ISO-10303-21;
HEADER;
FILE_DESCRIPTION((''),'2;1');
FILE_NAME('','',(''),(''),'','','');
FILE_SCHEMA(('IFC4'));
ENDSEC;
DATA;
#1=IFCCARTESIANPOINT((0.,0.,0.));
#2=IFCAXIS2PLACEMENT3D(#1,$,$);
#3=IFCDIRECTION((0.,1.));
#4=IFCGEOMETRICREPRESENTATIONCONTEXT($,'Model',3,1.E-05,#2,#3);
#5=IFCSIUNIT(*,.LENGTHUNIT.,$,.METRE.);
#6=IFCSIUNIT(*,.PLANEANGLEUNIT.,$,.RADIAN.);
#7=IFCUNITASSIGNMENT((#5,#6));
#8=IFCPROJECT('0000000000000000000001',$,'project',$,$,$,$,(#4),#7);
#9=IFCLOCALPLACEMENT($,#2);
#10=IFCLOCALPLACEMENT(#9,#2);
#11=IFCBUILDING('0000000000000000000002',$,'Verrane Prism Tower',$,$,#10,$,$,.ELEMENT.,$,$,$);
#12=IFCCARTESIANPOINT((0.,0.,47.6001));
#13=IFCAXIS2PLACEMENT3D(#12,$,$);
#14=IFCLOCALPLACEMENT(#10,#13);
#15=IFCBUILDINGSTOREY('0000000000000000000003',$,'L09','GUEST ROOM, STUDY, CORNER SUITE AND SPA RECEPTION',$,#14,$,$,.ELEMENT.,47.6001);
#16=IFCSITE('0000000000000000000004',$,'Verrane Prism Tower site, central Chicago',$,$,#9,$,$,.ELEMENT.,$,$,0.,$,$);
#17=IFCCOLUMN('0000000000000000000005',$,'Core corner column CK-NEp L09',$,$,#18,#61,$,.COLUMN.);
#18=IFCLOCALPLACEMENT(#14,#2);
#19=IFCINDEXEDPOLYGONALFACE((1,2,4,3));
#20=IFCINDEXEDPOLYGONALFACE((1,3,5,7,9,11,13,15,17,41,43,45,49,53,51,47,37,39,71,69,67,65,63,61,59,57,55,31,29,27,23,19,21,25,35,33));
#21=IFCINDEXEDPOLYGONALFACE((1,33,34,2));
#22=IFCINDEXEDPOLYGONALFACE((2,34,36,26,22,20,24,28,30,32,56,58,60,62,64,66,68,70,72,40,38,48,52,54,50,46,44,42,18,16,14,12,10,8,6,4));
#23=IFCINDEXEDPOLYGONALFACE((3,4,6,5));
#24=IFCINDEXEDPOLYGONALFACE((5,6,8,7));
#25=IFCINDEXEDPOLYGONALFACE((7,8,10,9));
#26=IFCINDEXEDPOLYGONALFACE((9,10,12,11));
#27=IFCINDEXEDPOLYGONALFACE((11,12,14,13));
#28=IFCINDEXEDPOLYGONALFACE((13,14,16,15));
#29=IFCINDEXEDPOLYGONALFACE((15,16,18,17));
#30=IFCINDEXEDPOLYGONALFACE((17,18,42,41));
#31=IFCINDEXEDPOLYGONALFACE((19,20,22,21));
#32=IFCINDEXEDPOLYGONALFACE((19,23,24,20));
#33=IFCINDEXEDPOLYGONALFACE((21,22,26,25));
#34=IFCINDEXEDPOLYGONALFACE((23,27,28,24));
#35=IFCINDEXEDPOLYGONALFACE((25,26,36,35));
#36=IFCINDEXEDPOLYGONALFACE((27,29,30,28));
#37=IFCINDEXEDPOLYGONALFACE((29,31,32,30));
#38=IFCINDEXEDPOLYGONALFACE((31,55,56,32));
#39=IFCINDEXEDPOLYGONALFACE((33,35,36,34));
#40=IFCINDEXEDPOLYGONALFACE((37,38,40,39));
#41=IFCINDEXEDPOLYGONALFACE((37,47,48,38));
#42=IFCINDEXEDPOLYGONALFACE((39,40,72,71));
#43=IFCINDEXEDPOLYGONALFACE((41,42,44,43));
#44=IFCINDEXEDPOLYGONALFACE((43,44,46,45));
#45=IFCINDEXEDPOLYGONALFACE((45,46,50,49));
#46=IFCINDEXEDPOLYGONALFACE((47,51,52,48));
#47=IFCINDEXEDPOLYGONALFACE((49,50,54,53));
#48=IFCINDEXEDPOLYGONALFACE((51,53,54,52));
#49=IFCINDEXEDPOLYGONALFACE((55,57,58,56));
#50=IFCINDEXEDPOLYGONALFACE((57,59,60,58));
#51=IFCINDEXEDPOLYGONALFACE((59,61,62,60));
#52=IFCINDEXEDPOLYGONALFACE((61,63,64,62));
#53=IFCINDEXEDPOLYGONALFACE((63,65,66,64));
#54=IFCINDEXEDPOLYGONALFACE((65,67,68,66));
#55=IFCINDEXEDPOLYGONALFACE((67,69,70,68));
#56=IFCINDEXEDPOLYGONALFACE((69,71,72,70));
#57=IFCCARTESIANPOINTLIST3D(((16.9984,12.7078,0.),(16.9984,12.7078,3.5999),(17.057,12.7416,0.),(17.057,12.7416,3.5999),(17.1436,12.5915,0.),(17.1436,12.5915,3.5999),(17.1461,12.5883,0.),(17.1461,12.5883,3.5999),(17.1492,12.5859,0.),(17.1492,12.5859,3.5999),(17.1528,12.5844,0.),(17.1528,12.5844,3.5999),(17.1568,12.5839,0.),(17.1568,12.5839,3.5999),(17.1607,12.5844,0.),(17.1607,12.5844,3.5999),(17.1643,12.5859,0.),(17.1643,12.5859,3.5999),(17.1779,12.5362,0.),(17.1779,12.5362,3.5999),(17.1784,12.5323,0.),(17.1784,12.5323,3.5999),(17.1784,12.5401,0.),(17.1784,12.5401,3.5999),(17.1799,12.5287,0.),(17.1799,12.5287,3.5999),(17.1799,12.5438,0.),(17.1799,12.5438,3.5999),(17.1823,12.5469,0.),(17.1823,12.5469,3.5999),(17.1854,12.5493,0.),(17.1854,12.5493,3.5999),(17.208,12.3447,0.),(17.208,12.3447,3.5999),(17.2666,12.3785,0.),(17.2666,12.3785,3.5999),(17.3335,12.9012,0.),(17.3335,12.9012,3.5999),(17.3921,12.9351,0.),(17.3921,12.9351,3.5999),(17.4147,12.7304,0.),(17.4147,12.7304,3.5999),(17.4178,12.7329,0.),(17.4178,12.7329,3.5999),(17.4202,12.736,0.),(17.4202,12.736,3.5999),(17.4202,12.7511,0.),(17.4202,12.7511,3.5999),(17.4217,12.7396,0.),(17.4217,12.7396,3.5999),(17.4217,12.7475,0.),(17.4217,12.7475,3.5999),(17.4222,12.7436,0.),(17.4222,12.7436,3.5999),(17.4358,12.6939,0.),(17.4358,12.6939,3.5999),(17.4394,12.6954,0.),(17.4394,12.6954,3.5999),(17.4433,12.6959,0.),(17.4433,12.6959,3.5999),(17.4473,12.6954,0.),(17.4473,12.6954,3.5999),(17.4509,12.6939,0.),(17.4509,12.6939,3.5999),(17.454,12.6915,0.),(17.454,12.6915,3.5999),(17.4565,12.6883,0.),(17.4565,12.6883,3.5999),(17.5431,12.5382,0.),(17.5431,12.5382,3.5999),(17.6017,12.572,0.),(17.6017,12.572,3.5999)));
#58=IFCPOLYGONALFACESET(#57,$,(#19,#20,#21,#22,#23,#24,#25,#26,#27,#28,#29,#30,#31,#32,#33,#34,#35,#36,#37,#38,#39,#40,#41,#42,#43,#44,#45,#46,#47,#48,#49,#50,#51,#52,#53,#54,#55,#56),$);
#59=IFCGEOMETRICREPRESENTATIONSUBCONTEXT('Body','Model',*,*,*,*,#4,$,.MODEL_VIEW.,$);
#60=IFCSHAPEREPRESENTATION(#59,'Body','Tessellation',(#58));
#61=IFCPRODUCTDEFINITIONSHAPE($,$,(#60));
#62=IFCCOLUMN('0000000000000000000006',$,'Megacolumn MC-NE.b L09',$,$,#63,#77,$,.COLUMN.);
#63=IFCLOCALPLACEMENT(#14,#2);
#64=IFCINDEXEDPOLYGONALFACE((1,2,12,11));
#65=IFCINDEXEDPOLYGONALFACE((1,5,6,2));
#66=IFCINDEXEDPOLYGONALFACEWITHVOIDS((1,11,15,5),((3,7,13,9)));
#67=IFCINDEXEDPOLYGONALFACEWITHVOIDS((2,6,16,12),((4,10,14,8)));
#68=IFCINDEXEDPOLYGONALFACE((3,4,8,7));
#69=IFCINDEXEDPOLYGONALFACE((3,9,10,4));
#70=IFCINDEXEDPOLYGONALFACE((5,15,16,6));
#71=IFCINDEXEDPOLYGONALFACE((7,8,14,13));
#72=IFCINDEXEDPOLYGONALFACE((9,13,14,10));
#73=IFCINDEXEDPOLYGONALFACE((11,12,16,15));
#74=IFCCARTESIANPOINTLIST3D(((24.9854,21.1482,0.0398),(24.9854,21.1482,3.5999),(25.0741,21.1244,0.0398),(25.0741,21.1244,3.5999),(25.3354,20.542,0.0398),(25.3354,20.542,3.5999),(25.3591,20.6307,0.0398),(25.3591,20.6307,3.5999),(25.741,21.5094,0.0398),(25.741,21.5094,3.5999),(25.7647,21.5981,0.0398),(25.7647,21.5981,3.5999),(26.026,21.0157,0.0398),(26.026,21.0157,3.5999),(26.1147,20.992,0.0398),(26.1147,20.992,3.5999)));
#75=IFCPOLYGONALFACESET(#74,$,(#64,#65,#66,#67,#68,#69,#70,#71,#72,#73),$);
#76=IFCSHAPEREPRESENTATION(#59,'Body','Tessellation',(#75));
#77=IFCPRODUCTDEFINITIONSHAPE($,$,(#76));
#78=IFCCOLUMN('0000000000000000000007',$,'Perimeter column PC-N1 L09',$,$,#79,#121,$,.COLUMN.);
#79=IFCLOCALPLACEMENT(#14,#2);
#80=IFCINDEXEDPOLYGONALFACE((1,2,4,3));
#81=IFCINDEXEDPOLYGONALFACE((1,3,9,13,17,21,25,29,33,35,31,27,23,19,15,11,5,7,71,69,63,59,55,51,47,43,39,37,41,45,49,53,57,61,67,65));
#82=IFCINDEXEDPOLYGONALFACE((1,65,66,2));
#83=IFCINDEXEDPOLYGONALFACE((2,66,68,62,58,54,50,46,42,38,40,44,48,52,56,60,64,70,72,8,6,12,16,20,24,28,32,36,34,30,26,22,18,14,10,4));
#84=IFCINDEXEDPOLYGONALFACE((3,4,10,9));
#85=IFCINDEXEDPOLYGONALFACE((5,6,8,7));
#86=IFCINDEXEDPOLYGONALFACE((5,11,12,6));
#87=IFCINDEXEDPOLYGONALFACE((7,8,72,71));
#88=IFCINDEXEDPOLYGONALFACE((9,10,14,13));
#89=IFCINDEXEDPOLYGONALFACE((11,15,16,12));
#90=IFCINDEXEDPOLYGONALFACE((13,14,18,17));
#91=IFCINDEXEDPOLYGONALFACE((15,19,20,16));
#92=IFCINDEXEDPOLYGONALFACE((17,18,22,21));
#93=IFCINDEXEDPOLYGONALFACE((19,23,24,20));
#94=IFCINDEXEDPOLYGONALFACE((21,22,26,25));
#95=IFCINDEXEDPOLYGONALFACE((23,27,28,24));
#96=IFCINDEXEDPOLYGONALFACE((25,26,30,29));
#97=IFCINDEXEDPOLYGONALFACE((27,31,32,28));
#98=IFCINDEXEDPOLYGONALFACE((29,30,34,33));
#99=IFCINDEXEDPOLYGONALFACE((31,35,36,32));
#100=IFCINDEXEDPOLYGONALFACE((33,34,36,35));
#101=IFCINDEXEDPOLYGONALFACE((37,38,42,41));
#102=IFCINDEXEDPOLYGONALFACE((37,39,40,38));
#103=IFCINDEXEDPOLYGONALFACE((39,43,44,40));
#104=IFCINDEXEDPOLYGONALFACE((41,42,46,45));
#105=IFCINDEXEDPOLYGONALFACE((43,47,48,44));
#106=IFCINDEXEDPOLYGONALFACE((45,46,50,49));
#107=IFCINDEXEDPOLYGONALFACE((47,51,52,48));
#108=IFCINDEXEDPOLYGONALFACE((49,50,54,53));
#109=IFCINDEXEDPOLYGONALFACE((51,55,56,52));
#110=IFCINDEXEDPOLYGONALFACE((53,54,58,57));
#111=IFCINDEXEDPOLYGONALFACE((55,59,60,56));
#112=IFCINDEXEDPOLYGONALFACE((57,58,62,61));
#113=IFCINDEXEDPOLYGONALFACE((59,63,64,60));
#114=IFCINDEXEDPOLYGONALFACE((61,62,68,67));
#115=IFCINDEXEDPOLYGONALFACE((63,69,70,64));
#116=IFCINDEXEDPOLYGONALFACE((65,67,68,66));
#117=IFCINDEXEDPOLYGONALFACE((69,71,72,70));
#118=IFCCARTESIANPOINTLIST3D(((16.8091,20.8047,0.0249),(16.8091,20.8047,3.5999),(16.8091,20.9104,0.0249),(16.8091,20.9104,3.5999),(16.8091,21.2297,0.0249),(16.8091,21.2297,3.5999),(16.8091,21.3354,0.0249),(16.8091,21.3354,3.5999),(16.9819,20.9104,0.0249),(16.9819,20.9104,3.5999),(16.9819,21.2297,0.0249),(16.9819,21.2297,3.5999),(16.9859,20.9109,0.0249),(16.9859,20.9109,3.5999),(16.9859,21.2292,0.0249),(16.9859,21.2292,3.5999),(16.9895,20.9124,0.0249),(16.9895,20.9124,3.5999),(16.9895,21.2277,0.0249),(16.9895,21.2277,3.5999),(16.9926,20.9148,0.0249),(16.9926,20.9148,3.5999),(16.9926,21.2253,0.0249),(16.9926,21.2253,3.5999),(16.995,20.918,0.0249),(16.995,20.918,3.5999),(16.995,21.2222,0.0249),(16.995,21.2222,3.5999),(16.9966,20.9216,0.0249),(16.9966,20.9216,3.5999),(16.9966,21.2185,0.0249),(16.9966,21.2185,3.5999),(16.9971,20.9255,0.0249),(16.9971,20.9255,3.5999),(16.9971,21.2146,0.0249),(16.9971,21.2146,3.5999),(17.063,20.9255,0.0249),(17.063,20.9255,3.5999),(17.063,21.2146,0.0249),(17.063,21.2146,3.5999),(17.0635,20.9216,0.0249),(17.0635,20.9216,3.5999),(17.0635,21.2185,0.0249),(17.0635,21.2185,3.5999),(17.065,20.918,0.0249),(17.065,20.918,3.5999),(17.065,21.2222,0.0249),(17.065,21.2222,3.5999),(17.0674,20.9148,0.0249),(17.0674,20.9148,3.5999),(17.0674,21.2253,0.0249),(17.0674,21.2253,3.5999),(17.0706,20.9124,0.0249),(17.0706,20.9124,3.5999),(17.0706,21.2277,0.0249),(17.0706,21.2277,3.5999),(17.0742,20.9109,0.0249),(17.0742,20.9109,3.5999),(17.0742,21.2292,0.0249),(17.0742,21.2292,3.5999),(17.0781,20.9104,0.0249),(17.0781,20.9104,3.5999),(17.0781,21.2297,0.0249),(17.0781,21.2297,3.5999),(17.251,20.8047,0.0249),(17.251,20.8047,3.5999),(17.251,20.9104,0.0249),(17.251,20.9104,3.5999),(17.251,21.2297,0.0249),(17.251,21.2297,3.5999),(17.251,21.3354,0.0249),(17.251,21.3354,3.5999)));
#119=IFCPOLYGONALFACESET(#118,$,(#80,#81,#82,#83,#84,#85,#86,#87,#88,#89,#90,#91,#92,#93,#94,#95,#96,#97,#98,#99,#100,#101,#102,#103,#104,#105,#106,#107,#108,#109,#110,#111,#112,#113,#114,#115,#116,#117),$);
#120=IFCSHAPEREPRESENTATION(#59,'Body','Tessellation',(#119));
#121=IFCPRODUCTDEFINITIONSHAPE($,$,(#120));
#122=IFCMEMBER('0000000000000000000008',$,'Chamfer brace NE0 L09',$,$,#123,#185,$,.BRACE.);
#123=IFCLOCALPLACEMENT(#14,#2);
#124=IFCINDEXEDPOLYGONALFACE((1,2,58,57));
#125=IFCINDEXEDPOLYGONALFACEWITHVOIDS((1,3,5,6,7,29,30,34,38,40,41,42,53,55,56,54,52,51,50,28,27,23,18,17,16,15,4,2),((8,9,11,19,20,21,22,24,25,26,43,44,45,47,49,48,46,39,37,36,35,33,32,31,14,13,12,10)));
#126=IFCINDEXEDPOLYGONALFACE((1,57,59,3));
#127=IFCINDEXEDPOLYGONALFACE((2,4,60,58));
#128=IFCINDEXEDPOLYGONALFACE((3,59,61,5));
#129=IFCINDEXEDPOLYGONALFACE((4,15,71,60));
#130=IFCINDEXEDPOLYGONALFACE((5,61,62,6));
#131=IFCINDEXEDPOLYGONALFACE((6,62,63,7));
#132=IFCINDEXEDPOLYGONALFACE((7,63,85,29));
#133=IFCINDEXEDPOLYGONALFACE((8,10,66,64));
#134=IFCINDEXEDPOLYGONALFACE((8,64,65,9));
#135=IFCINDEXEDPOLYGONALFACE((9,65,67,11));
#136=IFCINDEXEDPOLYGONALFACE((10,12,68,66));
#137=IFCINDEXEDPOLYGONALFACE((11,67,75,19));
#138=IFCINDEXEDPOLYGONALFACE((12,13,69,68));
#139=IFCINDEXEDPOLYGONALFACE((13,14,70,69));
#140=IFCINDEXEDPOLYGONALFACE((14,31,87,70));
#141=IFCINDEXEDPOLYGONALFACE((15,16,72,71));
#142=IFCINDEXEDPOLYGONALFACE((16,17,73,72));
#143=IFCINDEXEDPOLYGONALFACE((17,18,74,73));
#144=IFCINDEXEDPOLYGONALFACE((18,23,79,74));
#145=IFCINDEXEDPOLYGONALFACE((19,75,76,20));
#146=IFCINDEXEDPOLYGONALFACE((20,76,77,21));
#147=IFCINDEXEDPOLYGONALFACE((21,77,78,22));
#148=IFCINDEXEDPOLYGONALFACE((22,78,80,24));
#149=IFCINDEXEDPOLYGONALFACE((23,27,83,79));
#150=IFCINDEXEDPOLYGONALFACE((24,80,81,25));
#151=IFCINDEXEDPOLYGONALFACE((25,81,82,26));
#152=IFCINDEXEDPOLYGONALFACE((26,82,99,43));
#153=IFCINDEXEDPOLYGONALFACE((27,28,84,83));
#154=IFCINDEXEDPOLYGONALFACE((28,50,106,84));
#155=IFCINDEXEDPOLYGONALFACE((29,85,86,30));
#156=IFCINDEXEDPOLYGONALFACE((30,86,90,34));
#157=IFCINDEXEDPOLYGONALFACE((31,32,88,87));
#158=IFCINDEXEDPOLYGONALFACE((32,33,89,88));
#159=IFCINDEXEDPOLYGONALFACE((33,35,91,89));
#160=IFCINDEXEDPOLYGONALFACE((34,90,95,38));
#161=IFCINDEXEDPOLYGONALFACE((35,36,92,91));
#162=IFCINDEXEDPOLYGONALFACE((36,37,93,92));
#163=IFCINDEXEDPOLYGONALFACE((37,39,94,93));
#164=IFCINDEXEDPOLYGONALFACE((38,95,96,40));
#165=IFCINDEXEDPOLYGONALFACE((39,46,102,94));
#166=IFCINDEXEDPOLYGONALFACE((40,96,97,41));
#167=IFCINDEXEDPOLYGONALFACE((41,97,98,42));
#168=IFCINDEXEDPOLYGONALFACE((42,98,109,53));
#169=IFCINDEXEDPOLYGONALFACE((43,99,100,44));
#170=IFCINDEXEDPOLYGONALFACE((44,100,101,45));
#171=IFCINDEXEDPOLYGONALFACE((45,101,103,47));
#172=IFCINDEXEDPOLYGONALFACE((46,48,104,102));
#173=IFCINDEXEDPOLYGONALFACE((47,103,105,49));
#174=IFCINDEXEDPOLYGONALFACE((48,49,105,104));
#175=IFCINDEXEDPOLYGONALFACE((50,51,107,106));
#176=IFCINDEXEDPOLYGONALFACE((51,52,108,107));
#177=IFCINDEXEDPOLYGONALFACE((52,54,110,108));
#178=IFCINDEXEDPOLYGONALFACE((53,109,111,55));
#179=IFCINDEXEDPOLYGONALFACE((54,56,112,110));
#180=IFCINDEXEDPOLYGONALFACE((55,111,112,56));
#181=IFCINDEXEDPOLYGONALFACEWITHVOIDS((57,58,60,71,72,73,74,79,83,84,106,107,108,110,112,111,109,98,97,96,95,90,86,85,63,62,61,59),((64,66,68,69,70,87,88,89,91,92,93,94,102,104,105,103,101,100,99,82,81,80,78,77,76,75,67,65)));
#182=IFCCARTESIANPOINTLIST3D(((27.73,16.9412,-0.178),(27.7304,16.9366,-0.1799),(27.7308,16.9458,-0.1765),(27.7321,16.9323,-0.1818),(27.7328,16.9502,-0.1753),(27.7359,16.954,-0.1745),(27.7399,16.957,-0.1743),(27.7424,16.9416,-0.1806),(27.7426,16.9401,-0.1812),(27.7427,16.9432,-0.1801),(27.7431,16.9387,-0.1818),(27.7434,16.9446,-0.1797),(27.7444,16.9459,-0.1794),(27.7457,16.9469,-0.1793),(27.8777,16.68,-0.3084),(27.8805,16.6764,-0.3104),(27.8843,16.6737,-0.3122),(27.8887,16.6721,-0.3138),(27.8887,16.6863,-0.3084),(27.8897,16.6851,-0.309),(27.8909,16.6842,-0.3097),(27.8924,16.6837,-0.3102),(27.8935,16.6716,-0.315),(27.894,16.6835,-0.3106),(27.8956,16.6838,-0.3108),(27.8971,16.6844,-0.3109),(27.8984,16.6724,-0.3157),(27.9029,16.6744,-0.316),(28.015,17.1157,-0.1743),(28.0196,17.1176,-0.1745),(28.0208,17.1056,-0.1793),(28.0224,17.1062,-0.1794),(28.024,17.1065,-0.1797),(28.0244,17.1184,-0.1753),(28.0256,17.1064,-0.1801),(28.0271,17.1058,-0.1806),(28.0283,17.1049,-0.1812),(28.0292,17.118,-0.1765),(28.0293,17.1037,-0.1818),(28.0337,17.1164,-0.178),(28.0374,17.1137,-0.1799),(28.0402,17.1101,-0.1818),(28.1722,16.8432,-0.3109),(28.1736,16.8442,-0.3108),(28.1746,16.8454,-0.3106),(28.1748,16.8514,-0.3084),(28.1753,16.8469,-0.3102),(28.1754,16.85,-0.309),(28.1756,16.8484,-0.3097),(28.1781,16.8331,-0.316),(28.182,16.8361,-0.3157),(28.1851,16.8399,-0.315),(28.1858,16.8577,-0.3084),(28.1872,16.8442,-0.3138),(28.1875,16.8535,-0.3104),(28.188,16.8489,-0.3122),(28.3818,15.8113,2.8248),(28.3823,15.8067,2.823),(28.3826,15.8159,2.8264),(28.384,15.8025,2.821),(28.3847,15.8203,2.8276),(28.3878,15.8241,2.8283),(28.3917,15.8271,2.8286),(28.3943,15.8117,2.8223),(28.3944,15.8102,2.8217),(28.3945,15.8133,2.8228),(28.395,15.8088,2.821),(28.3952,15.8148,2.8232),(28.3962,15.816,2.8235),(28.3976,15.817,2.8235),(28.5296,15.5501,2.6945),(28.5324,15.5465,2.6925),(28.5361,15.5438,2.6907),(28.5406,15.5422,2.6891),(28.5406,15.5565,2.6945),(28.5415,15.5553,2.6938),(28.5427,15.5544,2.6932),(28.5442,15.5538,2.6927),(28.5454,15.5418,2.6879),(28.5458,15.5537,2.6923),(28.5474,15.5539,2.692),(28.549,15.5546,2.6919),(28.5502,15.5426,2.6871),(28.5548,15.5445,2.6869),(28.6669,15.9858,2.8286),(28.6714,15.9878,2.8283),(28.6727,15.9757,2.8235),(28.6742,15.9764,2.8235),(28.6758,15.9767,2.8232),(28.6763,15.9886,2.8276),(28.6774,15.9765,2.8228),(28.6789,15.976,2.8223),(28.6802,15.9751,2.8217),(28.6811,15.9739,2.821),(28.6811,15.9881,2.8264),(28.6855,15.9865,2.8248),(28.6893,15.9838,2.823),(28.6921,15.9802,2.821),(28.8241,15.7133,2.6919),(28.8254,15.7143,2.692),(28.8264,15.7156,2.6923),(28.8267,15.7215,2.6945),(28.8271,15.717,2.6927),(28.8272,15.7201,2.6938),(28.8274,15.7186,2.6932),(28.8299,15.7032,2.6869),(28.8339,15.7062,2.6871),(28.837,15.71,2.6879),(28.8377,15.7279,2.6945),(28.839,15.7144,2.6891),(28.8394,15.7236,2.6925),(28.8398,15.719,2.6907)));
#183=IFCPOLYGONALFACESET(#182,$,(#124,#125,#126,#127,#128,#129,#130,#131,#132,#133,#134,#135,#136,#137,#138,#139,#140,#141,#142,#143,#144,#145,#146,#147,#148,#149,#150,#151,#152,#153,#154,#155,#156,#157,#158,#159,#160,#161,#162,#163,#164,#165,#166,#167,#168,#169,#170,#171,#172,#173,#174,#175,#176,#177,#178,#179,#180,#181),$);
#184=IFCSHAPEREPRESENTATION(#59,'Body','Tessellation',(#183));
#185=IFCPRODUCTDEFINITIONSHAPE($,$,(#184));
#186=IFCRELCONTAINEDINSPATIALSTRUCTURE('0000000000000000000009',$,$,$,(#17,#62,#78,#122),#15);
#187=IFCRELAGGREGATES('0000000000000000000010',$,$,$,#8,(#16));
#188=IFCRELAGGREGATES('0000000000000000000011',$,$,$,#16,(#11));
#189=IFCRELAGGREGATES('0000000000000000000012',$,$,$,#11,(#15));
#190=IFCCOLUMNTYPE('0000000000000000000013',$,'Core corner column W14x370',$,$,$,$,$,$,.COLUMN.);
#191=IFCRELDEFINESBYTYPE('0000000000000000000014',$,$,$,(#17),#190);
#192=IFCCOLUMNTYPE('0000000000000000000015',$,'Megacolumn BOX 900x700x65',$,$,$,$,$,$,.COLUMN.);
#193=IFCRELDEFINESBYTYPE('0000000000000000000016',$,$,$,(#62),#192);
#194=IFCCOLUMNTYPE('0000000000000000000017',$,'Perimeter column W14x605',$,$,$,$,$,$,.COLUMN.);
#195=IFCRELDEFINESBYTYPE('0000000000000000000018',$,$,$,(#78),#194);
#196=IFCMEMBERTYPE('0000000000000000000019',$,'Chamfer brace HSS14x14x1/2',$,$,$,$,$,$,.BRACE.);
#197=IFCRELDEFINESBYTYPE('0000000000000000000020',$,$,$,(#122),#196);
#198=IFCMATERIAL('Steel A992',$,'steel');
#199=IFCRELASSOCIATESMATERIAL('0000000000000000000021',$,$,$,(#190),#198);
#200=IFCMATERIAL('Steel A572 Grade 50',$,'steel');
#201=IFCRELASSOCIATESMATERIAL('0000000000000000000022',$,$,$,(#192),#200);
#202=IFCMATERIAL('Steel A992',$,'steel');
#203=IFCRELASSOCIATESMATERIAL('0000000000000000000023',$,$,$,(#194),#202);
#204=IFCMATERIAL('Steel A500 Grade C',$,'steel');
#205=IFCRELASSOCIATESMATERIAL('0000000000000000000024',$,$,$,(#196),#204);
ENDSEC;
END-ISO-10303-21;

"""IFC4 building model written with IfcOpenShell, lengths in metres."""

from ifc_helpers import new_model, si_unit, direction, frame, origin, origin_2d, place, context, subcontext, project, spatial, hollow_rectangle, i_section, extrude, material, material_profile, profile_set, type_object, element, save


model = new_model("IFC4")

# Units and contexts
model_context = context("Model", 3, precision=1e-05, world=origin(), true_north=direction((0.0, 1.0)))
body_context = subcontext(model_context, "Body", "Model", "MODEL_VIEW")
ifc_project = project(units=[si_unit("LENGTHUNIT", "METRE"), si_unit("PLANEANGLEUNIT", "RADIAN")], contexts=[model_context])

# Site, building, storey
site_placement = place(None, origin())
site = spatial("IfcSite", under=ifc_project, at=site_placement, Name="Verrane Prism Tower site, central Chicago", CompositionType="ELEMENT", RefElevation=0.0)
building_placement = place(site_placement, origin())
building = spatial("IfcBuilding", under=site, at=building_placement, Name="Verrane Prism Tower", CompositionType="ELEMENT")
storey_placement = place(building_placement, frame((0.0, 0.0, 47.6001)))
storey = spatial("IfcBuildingStorey", under=building, at=storey_placement, Name="L09", Description="GUEST ROOM, STUDY, CORNER SUITE AND SPA RECEPTION", CompositionType="ELEMENT", Elevation=47.6001)

# Columns
ifc_material_1 = material(Name="Steel A992", Category="steel")
ifc_material_profile_1 = material_profile(ifc_material_1, i_section(OverallWidth=0.4192, OverallDepth=0.4546, WebThickness=0.0422, FlangeThickness=0.0676, FilletRadius=0.0151, at=origin_2d()), Name="W14x370")
ifc_profile_set_1 = profile_set([ifc_material_profile_1], Name="Steel A992")
column_type_1 = type_object("IfcColumnType", Name="Core corner column W14x370", PredefinedType="COLUMN", material=ifc_profile_set_1)
column_1_placement = place(storey_placement, frame((17.3, 12.6399, 0.0), z_axis=(0.0, 0.0, 1.0), x_axis=(0.5, -0.866025, 0.0)))
element("IfcColumn", 1, at=column_1_placement, inside=storey, type_object=column_type_1, Name="Core corner column CK-NEp L09", PredefinedType="COLUMN", context=body_context, shape_type="SweptSolid", body=[
    extrude(i_section(OverallWidth=0.4192, OverallDepth=0.4546, WebThickness=0.0422, FlangeThickness=0.0676, FilletRadius=0.0151, at=origin_2d()), origin(), (0.0, 0.0, 1.0), 3.5999),
])
ifc_material_2 = material(Name="Steel A572 Grade 50", Category="steel")
ifc_material_profile_2 = material_profile(ifc_material_2, hollow_rectangle(XDim=0.7, YDim=0.8999, WallThickness=0.0649, at=origin_2d()), Name="BOX 900x700x65")
ifc_profile_set_2 = profile_set([ifc_material_profile_2], Name="Steel A572 Grade 50")
column_type_2 = type_object("IfcColumnType", Name="Megacolumn BOX 900x700x65", PredefinedType="COLUMN", material=ifc_profile_set_2)
column_2_placement = place(storey_placement, frame((25.55, 21.0701, 0.0398), z_axis=(0.0, 0.0, 1.0), x_axis=(0.5, -0.866025, 0.0)))
element("IfcColumn", 2, at=column_2_placement, inside=storey, type_object=column_type_2, Name="Megacolumn MC-NE.b L09", PredefinedType="COLUMN", context=body_context, shape_type="SweptSolid", body=[
    extrude(hollow_rectangle(XDim=0.7, YDim=0.8999, WallThickness=0.0649, at=origin_2d()), origin(), (0.0, 0.0, 1.0), 3.5601),
])
ifc_material_3 = material(Name="Steel A992", Category="steel")
ifc_material_profile_3 = material_profile(ifc_material_3, i_section(OverallWidth=0.4419, OverallDepth=0.5308, WebThickness=0.0659, FlangeThickness=0.1057, FilletRadius=0.0151, at=origin_2d()), Name="W14x605")
ifc_profile_set_3 = profile_set([ifc_material_profile_3], Name="Steel A992")
column_type_3 = type_object("IfcColumnType", Name="Perimeter column W14x605", PredefinedType="COLUMN", material=ifc_profile_set_3)
column_3_placement = place(storey_placement, frame((17.03, 21.0701, 0.0249), z_axis=(0.0, 0.0, 1.0), x_axis=(1.0, 0.0, 0.0)))
element("IfcColumn", 3, at=column_3_placement, inside=storey, type_object=column_type_3, Name="Perimeter column PC-N1 L09", PredefinedType="COLUMN", context=body_context, shape_type="SweptSolid", body=[
    extrude(i_section(OverallWidth=0.4419, OverallDepth=0.5308, WebThickness=0.0659, FlangeThickness=0.1057, FilletRadius=0.0151, at=origin_2d()), origin(), (0.0, 0.0, 1.0), 3.575),
])

# Member
ifc_material_4 = material(Name="Steel A500 Grade C", Category="steel")
ifc_material_profile_4 = material_profile(ifc_material_4, hollow_rectangle(XDim=0.3557, YDim=0.3557, WallThickness=0.0127, InnerFilletRadius=0.0063, OuterFilletRadius=0.019, at=origin_2d()), Name="HSS14x14x1/2")
ifc_profile_set_4 = profile_set([ifc_material_profile_4], Name="Steel A500 Grade C")
member_type_1 = type_object("IfcMemberType", Name="Chamfer brace HSS14x14x1/2", PredefinedType="BRACE", material=ifc_profile_set_4)
member_1_placement = place(storey_placement, frame((27.959, 16.895, -0.2451), z_axis=(0.1991, -0.345107, 0.917203), x_axis=(0.866186, 0.499722, 0.0)))
element("IfcMember", 4, at=member_1_placement, inside=storey, type_object=member_type_1, Name="Chamfer brace NE0 L09", PredefinedType="BRACE", context=body_context, shape_type="SweptSolid", body=[
    extrude(hollow_rectangle(XDim=0.3557, YDim=0.3557, WallThickness=0.0127, InnerFilletRadius=0.0063, OuterFilletRadius=0.019, at=origin_2d()), origin(), (0.0, 0.0, 1.0), 3.2739),
])

save(model, "model.ifc")
